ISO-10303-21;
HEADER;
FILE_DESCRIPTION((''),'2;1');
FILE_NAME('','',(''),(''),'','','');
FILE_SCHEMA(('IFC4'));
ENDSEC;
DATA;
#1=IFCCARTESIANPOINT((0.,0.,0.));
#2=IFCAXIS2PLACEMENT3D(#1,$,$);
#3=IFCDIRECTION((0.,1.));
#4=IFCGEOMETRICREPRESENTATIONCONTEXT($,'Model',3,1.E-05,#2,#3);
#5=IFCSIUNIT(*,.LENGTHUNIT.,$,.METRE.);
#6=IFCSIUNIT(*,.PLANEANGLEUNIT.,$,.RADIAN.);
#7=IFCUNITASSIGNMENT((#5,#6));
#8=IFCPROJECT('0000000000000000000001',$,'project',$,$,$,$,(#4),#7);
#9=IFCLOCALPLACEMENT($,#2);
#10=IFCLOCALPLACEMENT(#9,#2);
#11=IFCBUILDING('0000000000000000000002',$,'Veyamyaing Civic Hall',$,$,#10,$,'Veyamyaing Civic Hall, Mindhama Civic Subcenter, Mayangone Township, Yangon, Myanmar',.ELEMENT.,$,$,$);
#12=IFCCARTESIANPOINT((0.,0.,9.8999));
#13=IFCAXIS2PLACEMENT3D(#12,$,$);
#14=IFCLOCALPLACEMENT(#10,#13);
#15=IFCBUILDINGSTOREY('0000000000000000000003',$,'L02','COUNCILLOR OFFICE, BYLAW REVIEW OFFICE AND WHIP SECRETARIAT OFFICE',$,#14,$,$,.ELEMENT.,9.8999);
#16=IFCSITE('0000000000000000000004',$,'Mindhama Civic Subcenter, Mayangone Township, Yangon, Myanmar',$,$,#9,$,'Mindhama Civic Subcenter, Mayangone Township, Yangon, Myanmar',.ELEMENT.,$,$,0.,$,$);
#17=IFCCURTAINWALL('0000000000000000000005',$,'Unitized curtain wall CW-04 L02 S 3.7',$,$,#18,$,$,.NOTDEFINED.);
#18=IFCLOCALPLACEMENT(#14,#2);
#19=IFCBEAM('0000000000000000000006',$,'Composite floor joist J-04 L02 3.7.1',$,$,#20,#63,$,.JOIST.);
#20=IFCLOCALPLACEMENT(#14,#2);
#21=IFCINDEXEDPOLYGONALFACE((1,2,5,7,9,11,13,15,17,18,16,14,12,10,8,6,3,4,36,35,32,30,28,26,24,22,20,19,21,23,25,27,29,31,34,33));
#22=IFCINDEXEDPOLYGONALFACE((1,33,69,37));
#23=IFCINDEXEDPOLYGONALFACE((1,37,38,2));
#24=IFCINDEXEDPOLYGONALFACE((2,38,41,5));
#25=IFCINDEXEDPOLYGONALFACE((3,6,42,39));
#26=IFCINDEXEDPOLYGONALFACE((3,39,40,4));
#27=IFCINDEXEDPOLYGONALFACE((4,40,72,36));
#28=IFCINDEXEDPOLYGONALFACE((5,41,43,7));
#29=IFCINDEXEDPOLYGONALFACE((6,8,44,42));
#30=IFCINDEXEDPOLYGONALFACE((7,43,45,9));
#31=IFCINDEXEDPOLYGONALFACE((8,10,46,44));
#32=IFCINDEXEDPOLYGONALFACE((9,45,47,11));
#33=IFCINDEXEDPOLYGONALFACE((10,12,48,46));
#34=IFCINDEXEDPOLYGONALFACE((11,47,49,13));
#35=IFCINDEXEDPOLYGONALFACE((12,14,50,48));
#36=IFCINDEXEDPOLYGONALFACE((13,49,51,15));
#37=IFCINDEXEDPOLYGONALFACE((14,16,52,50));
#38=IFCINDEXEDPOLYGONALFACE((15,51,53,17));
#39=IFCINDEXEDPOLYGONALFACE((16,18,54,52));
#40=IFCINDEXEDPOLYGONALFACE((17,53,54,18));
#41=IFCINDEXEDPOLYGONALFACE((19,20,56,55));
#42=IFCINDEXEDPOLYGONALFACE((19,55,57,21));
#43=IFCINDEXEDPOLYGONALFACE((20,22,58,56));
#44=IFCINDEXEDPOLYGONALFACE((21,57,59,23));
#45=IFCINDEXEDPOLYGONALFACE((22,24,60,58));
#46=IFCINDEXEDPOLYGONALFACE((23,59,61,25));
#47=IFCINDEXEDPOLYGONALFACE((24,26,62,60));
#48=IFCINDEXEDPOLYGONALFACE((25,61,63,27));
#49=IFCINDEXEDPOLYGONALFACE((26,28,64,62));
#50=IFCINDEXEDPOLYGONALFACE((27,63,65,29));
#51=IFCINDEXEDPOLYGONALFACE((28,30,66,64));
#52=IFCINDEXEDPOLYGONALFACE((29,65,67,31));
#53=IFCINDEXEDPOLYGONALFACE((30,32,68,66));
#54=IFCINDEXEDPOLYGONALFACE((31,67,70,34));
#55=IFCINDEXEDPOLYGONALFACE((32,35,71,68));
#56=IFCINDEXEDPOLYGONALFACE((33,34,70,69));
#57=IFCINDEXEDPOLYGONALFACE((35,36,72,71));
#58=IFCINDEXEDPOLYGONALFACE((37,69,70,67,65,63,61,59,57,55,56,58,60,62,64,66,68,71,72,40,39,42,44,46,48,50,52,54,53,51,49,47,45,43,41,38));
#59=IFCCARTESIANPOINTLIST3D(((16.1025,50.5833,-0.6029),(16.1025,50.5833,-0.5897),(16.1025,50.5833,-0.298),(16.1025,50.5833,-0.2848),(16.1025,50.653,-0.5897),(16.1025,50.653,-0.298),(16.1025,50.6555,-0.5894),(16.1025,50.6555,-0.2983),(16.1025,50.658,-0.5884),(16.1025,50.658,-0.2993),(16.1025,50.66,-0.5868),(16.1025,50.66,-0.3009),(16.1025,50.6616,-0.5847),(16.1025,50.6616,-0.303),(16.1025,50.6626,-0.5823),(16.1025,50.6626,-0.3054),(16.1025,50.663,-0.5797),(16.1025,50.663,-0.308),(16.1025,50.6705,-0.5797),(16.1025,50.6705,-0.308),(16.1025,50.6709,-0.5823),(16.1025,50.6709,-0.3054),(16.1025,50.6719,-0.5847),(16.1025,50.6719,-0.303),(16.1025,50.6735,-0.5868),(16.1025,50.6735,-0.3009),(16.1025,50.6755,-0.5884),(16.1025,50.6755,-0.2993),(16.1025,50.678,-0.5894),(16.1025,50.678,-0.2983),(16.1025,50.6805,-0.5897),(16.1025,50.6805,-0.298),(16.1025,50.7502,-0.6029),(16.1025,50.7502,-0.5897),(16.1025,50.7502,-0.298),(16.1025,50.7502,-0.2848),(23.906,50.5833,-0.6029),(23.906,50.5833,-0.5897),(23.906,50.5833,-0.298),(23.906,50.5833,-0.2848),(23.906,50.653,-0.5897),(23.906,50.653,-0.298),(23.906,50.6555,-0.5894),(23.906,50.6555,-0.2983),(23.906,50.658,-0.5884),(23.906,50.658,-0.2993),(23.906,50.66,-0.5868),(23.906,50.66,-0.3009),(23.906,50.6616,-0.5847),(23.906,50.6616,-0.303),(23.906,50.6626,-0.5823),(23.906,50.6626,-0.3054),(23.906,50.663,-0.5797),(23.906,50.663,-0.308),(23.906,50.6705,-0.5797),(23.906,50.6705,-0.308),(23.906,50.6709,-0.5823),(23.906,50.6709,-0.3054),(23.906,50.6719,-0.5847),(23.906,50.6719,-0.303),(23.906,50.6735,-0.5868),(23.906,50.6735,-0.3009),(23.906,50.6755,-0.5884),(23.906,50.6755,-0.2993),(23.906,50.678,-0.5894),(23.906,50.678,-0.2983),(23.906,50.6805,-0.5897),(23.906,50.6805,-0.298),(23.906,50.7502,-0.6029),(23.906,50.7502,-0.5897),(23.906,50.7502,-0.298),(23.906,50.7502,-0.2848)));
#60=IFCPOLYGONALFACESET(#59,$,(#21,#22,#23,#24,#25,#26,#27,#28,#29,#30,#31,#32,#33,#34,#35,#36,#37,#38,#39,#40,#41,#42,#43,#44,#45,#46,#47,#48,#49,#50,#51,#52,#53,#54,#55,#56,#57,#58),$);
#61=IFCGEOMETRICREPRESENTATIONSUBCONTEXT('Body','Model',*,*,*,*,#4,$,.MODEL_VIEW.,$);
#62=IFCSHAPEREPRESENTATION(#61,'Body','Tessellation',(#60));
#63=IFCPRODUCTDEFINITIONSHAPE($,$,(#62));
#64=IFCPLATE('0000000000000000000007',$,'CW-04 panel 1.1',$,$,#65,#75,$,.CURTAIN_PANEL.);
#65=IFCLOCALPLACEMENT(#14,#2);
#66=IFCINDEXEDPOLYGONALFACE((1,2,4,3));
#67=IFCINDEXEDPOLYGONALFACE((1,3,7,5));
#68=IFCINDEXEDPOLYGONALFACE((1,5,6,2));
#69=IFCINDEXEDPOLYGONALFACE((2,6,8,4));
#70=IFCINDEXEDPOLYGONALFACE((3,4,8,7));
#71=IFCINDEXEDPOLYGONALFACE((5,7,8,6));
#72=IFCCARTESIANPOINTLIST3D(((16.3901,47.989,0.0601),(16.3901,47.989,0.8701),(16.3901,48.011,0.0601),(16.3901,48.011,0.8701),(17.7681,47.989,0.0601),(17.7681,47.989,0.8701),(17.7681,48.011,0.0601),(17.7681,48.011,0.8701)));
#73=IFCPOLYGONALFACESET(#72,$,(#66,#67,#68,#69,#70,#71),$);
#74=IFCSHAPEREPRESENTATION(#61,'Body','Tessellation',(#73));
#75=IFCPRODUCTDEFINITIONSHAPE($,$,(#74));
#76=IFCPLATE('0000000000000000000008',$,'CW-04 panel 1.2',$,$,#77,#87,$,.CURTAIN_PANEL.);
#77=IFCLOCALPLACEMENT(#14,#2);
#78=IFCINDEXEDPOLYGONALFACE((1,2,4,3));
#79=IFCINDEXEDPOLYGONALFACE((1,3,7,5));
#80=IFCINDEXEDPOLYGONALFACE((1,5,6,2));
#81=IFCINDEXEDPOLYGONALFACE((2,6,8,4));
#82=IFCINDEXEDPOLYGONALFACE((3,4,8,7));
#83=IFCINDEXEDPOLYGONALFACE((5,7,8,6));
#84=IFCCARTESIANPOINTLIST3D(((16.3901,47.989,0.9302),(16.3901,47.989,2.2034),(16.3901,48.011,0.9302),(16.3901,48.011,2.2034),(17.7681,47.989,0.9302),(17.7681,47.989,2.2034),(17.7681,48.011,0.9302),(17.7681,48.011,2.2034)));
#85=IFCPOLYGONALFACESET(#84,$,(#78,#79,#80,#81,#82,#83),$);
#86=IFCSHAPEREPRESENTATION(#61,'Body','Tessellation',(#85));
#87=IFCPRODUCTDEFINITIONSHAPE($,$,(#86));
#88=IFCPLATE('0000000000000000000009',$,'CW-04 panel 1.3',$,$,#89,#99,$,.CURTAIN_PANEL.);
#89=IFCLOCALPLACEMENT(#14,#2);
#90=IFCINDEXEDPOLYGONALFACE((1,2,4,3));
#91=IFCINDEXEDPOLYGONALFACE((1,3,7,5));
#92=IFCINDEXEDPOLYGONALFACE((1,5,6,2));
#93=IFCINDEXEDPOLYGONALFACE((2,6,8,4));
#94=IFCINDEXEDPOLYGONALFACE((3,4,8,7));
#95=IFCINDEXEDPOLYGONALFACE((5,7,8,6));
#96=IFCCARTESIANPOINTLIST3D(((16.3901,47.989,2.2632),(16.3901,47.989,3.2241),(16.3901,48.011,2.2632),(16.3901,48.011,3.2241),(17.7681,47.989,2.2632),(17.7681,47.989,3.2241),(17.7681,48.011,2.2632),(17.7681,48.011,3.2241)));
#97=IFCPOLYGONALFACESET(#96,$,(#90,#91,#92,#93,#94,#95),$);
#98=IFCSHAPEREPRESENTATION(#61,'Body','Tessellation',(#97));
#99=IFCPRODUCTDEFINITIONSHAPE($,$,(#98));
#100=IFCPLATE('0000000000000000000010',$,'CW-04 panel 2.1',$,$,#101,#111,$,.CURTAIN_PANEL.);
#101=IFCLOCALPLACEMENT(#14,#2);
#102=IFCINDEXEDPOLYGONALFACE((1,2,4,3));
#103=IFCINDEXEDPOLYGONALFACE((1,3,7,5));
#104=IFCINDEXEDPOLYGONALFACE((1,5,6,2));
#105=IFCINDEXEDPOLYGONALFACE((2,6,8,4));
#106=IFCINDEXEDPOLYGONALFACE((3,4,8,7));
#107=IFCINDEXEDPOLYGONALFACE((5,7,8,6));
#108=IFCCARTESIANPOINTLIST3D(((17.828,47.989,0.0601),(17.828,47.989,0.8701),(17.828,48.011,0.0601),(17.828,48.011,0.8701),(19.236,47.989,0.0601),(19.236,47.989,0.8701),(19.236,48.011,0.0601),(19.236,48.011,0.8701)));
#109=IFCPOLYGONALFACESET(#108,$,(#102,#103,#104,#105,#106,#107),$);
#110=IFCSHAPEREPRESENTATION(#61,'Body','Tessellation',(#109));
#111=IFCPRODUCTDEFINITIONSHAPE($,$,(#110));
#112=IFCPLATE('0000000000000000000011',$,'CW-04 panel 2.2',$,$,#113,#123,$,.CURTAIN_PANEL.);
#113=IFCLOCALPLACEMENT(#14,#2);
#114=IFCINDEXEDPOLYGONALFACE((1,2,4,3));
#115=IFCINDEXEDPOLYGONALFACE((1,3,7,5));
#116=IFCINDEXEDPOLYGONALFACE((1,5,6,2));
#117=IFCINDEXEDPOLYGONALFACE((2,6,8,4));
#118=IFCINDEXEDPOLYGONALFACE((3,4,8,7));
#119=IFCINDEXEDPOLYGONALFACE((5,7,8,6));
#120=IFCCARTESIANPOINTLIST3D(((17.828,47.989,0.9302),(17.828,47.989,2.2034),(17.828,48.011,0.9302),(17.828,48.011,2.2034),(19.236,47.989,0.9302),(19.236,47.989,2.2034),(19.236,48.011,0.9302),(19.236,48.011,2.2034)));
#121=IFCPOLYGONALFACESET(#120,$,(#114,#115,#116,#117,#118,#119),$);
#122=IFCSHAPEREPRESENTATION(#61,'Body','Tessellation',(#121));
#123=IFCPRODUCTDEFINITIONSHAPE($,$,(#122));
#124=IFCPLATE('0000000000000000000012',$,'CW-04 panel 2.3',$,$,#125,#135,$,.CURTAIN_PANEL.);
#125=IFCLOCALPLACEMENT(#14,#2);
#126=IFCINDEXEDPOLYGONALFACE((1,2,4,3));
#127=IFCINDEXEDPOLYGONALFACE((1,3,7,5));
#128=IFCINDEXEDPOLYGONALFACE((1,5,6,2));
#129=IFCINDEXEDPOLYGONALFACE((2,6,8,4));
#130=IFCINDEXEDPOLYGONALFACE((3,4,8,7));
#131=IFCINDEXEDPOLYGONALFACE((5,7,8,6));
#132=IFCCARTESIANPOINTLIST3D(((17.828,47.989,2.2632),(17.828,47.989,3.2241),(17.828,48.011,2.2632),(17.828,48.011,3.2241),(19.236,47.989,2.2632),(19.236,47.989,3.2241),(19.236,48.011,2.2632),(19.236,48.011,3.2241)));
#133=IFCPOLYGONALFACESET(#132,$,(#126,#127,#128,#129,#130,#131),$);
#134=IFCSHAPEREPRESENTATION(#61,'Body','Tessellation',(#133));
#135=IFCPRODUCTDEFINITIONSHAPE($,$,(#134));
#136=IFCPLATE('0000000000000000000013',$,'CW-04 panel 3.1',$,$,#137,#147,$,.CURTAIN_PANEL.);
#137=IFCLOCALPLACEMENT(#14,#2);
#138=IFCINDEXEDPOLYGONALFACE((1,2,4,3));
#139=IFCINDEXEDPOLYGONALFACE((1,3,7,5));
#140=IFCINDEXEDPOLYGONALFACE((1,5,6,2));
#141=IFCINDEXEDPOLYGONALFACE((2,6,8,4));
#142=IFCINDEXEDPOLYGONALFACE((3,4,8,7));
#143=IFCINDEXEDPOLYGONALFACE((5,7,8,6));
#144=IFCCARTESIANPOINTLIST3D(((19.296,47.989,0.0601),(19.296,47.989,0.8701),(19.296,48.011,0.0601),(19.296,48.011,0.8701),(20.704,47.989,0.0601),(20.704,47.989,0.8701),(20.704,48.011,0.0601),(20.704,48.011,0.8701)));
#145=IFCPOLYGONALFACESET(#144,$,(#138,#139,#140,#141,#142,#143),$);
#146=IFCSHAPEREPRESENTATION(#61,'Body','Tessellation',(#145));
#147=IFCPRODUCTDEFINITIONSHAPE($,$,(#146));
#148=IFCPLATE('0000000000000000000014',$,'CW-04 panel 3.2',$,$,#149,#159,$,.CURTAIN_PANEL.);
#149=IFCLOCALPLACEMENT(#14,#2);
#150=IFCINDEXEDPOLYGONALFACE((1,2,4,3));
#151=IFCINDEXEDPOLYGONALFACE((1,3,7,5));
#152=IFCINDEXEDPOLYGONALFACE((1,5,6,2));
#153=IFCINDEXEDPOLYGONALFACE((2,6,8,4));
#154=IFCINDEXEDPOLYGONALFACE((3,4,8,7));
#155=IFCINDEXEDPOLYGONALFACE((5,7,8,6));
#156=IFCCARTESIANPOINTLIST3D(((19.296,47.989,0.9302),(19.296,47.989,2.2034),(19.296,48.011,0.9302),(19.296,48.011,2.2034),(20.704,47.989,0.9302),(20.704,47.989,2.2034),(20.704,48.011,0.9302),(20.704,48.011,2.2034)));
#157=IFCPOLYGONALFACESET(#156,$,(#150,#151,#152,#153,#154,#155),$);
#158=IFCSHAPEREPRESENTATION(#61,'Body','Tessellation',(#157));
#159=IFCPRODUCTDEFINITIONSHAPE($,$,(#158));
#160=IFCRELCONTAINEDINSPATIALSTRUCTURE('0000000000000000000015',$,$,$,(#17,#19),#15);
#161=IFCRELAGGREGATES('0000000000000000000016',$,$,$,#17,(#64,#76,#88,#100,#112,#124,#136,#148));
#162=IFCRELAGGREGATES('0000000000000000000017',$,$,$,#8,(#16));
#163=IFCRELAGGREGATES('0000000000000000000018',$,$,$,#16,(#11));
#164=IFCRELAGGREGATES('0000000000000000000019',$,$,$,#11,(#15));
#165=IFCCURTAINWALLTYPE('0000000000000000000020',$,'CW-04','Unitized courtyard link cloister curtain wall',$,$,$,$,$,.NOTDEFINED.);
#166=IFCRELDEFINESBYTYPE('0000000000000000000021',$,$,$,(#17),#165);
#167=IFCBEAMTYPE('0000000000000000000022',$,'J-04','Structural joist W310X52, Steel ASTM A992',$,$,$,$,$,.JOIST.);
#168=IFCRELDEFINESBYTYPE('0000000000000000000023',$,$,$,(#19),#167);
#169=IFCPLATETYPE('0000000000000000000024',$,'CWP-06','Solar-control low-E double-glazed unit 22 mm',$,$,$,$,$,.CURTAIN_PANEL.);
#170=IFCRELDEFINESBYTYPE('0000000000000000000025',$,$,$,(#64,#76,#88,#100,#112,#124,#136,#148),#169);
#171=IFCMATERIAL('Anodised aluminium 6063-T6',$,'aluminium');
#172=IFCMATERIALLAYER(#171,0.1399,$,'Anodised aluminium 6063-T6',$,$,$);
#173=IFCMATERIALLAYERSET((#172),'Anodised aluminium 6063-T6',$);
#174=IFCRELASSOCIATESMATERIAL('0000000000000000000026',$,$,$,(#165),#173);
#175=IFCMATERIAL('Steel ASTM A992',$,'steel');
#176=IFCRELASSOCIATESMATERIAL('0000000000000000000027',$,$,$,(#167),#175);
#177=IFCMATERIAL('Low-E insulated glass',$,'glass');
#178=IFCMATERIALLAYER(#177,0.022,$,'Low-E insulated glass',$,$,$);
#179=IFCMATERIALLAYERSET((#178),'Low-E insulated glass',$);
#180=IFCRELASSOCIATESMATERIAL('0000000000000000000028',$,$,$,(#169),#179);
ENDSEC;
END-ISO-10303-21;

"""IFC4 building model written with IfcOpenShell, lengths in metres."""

from ifc_helpers import new_model, si_unit, direction, frame, origin, origin_2d, place, context, subcontext, project, spatial, rectangle, i_section, extrude, material, layer, layer_set, material_profile, profile_set, type_object, element, aggregate, save


model = new_model("IFC4")

# Units and contexts
model_context = context("Model", 3, precision=1e-05, world=origin(), true_north=direction((0.0, 1.0)))
body_context = subcontext(model_context, "Body", "Model", "MODEL_VIEW")
ifc_project = project(units=[si_unit("LENGTHUNIT", "METRE"), si_unit("PLANEANGLEUNIT", "RADIAN")], contexts=[model_context])

# Site, building, storey
site_placement = place(None, origin())
site = spatial("IfcSite", under=ifc_project, at=site_placement, Name="Mindhama Civic Subcenter, Mayangone Township, Yangon, Myanmar", LongName="Mindhama Civic Subcenter, Mayangone Township, Yangon, Myanmar", CompositionType="ELEMENT", RefElevation=0.0)
building_placement = place(site_placement, origin())
building = spatial("IfcBuilding", under=site, at=building_placement, Name="Veyamyaing Civic Hall", LongName="Veyamyaing Civic Hall, Mindhama Civic Subcenter, Mayangone Township, Yangon, Myanmar", CompositionType="ELEMENT")
storey_placement = place(building_placement, frame((0.0, 0.0, 9.8999)))
storey = spatial("IfcBuildingStorey", under=building, at=storey_placement, Name="L02", Description="COUNCILLOR OFFICE, BYLAW REVIEW OFFICE AND WHIP SECRETARIAT OFFICE", CompositionType="ELEMENT", Elevation=9.8999)

# Shared definitions
ifc_material_1 = material(Name="Steel ASTM A992", Category="steel")

# Curtain wall
ifc_material_2 = material(Name="Anodised aluminium 6063-T6", Category="aluminium")
ifc_layer_1 = layer(ifc_material_2, 0.1399, Name="Anodised aluminium 6063-T6")
ifc_layer_set_1 = layer_set([ifc_layer_1], Name="Anodised aluminium 6063-T6")
curtain_wall_type = type_object("IfcCurtainWallType", Name="CW-04", Description="Unitized courtyard link cloister curtain wall", PredefinedType="NOTDEFINED", material=ifc_layer_set_1)
curtain_wall_placement = place(storey_placement, origin())
curtain_wall = element("IfcCurtainWall", 1, at=curtain_wall_placement, inside=storey, type_object=curtain_wall_type, Name="Unitized curtain wall CW-04 L02 S 3.7", PredefinedType="NOTDEFINED")

# Beam
ifc_material_profile_1 = material_profile(ifc_material_1, i_section(OverallWidth=0.167, OverallDepth=0.3181, WebThickness=0.0076, FlangeThickness=0.0132, FilletRadius=0.01, at=origin_2d()), Name="W310X52")
ifc_profile_set_1 = profile_set([ifc_material_profile_1], Name="Steel ASTM A992")
beam_type_1 = type_object("IfcBeamType", Name="J-04", Description="Structural joist W310X52, Steel ASTM A992", PredefinedType="JOIST", material=ifc_profile_set_1)
beam_1_placement = place(storey_placement, frame((16.1025, 50.6667, -0.4438), z_axis=(1.0, 0.0, 0.0), x_axis=(0.0, 1.0, 0.0)))
element("IfcBeam", 2, at=beam_1_placement, inside=storey, type_object=beam_type_1, Name="Composite floor joist J-04 L02 3.7.1", PredefinedType="JOIST", context=body_context, shape_type="SweptSolid", body=[
    extrude(i_section(OverallWidth=0.167, OverallDepth=0.3181, WebThickness=0.0076, FlangeThickness=0.0132, FilletRadius=0.01, at=origin_2d()), origin(), (0.0, 0.0, 1.0), 7.8035),
])

# Plates
ifc_material_3 = material(Name="Low-E insulated glass", Category="glass")
ifc_layer_2 = layer(ifc_material_3, 0.022, Name="Low-E insulated glass")
ifc_layer_set_2 = layer_set([ifc_layer_2], Name="Low-E insulated glass")
plate_type = type_object("IfcPlateType", Name="CWP-06", Description="Solar-control low-E double-glazed unit 22 mm", PredefinedType="CURTAIN_PANEL", material=ifc_layer_set_2)
plate_1_placement = place(storey_placement, frame((17.0791, 48.0, 0.0601), z_axis=(0.0, 0.0, 1.0), x_axis=(1.0, 0.0, 0.0)))
plate_1 = element("IfcPlate", 3, at=plate_1_placement, type_object=plate_type, Name="CW-04 panel 1.1", PredefinedType="CURTAIN_PANEL", context=body_context, shape_type="SweptSolid", body=[
    extrude(rectangle(XDim=1.3779, YDim=0.022, at=origin_2d()), origin(), (0.0, 0.0, 1.0), 0.8101),
])
plate_2_placement = place(storey_placement, frame((17.0791, 48.0, 0.9302), z_axis=(0.0, 0.0, 1.0), x_axis=(1.0, 0.0, 0.0)))
plate_2 = element("IfcPlate", 4, at=plate_2_placement, type_object=plate_type, Name="CW-04 panel 1.2", PredefinedType="CURTAIN_PANEL", context=body_context, shape_type="SweptSolid", body=[
    extrude(rectangle(XDim=1.3779, YDim=0.022, at=origin_2d()), origin(), (0.0, 0.0, 1.0), 1.2732),
])
plate_3_placement = place(storey_placement, frame((17.0791, 48.0, 2.2632), z_axis=(0.0, 0.0, 1.0), x_axis=(1.0, 0.0, 0.0)))
plate_3 = element("IfcPlate", 5, at=plate_3_placement, type_object=plate_type, Name="CW-04 panel 1.3", PredefinedType="CURTAIN_PANEL", context=body_context, shape_type="SweptSolid", body=[
    extrude(rectangle(XDim=1.3779, YDim=0.022, at=origin_2d()), origin(), (0.0, 0.0, 1.0), 0.9609),
])
plate_4_placement = place(storey_placement, frame((18.532, 48.0, 0.0601), z_axis=(0.0, 0.0, 1.0), x_axis=(1.0, 0.0, 0.0)))
plate_4 = element("IfcPlate", 6, at=plate_4_placement, type_object=plate_type, Name="CW-04 panel 2.1", PredefinedType="CURTAIN_PANEL", context=body_context, shape_type="SweptSolid", body=[
    extrude(rectangle(XDim=1.408, YDim=0.022, at=origin_2d()), origin(), (0.0, 0.0, 1.0), 0.8101),
])
plate_5_placement = place(storey_placement, frame((18.532, 48.0, 0.9302), z_axis=(0.0, 0.0, 1.0), x_axis=(1.0, 0.0, 0.0)))
plate_5 = element("IfcPlate", 7, at=plate_5_placement, type_object=plate_type, Name="CW-04 panel 2.2", PredefinedType="CURTAIN_PANEL", context=body_context, shape_type="SweptSolid", body=[
    extrude(rectangle(XDim=1.408, YDim=0.022, at=origin_2d()), origin(), (0.0, 0.0, 1.0), 1.2732),
])
plate_6_placement = place(storey_placement, frame((18.532, 48.0, 2.2632), z_axis=(0.0, 0.0, 1.0), x_axis=(1.0, 0.0, 0.0)))
plate_6 = element("IfcPlate", 8, at=plate_6_placement, type_object=plate_type, Name="CW-04 panel 2.3", PredefinedType="CURTAIN_PANEL", context=body_context, shape_type="SweptSolid", body=[
    extrude(rectangle(XDim=1.408, YDim=0.022, at=origin_2d()), origin(), (0.0, 0.0, 1.0), 0.9609),
])
plate_7_placement = place(storey_placement, frame((20.0, 48.0, 0.0601), z_axis=(0.0, 0.0, 1.0), x_axis=(1.0, 0.0, 0.0)))
plate_7 = element("IfcPlate", 9, at=plate_7_placement, type_object=plate_type, Name="CW-04 panel 3.1", PredefinedType="CURTAIN_PANEL", context=body_context, shape_type="SweptSolid", body=[
    extrude(rectangle(XDim=1.408, YDim=0.022, at=origin_2d()), origin(), (0.0, 0.0, 1.0), 0.8101),
])
plate_8_placement = place(storey_placement, frame((20.0, 48.0, 0.9302), z_axis=(0.0, 0.0, 1.0), x_axis=(1.0, 0.0, 0.0)))
plate_8 = element("IfcPlate", 10, at=plate_8_placement, type_object=plate_type, Name="CW-04 panel 3.2", PredefinedType="CURTAIN_PANEL", context=body_context, shape_type="SweptSolid", body=[
    extrude(rectangle(XDim=1.408, YDim=0.022, at=origin_2d()), origin(), (0.0, 0.0, 1.0), 1.2732),
])
aggregate(curtain_wall, [plate_1, plate_2, plate_3, plate_4, plate_5, plate_6, plate_7, plate_8])

save(model, "model.ifc")
